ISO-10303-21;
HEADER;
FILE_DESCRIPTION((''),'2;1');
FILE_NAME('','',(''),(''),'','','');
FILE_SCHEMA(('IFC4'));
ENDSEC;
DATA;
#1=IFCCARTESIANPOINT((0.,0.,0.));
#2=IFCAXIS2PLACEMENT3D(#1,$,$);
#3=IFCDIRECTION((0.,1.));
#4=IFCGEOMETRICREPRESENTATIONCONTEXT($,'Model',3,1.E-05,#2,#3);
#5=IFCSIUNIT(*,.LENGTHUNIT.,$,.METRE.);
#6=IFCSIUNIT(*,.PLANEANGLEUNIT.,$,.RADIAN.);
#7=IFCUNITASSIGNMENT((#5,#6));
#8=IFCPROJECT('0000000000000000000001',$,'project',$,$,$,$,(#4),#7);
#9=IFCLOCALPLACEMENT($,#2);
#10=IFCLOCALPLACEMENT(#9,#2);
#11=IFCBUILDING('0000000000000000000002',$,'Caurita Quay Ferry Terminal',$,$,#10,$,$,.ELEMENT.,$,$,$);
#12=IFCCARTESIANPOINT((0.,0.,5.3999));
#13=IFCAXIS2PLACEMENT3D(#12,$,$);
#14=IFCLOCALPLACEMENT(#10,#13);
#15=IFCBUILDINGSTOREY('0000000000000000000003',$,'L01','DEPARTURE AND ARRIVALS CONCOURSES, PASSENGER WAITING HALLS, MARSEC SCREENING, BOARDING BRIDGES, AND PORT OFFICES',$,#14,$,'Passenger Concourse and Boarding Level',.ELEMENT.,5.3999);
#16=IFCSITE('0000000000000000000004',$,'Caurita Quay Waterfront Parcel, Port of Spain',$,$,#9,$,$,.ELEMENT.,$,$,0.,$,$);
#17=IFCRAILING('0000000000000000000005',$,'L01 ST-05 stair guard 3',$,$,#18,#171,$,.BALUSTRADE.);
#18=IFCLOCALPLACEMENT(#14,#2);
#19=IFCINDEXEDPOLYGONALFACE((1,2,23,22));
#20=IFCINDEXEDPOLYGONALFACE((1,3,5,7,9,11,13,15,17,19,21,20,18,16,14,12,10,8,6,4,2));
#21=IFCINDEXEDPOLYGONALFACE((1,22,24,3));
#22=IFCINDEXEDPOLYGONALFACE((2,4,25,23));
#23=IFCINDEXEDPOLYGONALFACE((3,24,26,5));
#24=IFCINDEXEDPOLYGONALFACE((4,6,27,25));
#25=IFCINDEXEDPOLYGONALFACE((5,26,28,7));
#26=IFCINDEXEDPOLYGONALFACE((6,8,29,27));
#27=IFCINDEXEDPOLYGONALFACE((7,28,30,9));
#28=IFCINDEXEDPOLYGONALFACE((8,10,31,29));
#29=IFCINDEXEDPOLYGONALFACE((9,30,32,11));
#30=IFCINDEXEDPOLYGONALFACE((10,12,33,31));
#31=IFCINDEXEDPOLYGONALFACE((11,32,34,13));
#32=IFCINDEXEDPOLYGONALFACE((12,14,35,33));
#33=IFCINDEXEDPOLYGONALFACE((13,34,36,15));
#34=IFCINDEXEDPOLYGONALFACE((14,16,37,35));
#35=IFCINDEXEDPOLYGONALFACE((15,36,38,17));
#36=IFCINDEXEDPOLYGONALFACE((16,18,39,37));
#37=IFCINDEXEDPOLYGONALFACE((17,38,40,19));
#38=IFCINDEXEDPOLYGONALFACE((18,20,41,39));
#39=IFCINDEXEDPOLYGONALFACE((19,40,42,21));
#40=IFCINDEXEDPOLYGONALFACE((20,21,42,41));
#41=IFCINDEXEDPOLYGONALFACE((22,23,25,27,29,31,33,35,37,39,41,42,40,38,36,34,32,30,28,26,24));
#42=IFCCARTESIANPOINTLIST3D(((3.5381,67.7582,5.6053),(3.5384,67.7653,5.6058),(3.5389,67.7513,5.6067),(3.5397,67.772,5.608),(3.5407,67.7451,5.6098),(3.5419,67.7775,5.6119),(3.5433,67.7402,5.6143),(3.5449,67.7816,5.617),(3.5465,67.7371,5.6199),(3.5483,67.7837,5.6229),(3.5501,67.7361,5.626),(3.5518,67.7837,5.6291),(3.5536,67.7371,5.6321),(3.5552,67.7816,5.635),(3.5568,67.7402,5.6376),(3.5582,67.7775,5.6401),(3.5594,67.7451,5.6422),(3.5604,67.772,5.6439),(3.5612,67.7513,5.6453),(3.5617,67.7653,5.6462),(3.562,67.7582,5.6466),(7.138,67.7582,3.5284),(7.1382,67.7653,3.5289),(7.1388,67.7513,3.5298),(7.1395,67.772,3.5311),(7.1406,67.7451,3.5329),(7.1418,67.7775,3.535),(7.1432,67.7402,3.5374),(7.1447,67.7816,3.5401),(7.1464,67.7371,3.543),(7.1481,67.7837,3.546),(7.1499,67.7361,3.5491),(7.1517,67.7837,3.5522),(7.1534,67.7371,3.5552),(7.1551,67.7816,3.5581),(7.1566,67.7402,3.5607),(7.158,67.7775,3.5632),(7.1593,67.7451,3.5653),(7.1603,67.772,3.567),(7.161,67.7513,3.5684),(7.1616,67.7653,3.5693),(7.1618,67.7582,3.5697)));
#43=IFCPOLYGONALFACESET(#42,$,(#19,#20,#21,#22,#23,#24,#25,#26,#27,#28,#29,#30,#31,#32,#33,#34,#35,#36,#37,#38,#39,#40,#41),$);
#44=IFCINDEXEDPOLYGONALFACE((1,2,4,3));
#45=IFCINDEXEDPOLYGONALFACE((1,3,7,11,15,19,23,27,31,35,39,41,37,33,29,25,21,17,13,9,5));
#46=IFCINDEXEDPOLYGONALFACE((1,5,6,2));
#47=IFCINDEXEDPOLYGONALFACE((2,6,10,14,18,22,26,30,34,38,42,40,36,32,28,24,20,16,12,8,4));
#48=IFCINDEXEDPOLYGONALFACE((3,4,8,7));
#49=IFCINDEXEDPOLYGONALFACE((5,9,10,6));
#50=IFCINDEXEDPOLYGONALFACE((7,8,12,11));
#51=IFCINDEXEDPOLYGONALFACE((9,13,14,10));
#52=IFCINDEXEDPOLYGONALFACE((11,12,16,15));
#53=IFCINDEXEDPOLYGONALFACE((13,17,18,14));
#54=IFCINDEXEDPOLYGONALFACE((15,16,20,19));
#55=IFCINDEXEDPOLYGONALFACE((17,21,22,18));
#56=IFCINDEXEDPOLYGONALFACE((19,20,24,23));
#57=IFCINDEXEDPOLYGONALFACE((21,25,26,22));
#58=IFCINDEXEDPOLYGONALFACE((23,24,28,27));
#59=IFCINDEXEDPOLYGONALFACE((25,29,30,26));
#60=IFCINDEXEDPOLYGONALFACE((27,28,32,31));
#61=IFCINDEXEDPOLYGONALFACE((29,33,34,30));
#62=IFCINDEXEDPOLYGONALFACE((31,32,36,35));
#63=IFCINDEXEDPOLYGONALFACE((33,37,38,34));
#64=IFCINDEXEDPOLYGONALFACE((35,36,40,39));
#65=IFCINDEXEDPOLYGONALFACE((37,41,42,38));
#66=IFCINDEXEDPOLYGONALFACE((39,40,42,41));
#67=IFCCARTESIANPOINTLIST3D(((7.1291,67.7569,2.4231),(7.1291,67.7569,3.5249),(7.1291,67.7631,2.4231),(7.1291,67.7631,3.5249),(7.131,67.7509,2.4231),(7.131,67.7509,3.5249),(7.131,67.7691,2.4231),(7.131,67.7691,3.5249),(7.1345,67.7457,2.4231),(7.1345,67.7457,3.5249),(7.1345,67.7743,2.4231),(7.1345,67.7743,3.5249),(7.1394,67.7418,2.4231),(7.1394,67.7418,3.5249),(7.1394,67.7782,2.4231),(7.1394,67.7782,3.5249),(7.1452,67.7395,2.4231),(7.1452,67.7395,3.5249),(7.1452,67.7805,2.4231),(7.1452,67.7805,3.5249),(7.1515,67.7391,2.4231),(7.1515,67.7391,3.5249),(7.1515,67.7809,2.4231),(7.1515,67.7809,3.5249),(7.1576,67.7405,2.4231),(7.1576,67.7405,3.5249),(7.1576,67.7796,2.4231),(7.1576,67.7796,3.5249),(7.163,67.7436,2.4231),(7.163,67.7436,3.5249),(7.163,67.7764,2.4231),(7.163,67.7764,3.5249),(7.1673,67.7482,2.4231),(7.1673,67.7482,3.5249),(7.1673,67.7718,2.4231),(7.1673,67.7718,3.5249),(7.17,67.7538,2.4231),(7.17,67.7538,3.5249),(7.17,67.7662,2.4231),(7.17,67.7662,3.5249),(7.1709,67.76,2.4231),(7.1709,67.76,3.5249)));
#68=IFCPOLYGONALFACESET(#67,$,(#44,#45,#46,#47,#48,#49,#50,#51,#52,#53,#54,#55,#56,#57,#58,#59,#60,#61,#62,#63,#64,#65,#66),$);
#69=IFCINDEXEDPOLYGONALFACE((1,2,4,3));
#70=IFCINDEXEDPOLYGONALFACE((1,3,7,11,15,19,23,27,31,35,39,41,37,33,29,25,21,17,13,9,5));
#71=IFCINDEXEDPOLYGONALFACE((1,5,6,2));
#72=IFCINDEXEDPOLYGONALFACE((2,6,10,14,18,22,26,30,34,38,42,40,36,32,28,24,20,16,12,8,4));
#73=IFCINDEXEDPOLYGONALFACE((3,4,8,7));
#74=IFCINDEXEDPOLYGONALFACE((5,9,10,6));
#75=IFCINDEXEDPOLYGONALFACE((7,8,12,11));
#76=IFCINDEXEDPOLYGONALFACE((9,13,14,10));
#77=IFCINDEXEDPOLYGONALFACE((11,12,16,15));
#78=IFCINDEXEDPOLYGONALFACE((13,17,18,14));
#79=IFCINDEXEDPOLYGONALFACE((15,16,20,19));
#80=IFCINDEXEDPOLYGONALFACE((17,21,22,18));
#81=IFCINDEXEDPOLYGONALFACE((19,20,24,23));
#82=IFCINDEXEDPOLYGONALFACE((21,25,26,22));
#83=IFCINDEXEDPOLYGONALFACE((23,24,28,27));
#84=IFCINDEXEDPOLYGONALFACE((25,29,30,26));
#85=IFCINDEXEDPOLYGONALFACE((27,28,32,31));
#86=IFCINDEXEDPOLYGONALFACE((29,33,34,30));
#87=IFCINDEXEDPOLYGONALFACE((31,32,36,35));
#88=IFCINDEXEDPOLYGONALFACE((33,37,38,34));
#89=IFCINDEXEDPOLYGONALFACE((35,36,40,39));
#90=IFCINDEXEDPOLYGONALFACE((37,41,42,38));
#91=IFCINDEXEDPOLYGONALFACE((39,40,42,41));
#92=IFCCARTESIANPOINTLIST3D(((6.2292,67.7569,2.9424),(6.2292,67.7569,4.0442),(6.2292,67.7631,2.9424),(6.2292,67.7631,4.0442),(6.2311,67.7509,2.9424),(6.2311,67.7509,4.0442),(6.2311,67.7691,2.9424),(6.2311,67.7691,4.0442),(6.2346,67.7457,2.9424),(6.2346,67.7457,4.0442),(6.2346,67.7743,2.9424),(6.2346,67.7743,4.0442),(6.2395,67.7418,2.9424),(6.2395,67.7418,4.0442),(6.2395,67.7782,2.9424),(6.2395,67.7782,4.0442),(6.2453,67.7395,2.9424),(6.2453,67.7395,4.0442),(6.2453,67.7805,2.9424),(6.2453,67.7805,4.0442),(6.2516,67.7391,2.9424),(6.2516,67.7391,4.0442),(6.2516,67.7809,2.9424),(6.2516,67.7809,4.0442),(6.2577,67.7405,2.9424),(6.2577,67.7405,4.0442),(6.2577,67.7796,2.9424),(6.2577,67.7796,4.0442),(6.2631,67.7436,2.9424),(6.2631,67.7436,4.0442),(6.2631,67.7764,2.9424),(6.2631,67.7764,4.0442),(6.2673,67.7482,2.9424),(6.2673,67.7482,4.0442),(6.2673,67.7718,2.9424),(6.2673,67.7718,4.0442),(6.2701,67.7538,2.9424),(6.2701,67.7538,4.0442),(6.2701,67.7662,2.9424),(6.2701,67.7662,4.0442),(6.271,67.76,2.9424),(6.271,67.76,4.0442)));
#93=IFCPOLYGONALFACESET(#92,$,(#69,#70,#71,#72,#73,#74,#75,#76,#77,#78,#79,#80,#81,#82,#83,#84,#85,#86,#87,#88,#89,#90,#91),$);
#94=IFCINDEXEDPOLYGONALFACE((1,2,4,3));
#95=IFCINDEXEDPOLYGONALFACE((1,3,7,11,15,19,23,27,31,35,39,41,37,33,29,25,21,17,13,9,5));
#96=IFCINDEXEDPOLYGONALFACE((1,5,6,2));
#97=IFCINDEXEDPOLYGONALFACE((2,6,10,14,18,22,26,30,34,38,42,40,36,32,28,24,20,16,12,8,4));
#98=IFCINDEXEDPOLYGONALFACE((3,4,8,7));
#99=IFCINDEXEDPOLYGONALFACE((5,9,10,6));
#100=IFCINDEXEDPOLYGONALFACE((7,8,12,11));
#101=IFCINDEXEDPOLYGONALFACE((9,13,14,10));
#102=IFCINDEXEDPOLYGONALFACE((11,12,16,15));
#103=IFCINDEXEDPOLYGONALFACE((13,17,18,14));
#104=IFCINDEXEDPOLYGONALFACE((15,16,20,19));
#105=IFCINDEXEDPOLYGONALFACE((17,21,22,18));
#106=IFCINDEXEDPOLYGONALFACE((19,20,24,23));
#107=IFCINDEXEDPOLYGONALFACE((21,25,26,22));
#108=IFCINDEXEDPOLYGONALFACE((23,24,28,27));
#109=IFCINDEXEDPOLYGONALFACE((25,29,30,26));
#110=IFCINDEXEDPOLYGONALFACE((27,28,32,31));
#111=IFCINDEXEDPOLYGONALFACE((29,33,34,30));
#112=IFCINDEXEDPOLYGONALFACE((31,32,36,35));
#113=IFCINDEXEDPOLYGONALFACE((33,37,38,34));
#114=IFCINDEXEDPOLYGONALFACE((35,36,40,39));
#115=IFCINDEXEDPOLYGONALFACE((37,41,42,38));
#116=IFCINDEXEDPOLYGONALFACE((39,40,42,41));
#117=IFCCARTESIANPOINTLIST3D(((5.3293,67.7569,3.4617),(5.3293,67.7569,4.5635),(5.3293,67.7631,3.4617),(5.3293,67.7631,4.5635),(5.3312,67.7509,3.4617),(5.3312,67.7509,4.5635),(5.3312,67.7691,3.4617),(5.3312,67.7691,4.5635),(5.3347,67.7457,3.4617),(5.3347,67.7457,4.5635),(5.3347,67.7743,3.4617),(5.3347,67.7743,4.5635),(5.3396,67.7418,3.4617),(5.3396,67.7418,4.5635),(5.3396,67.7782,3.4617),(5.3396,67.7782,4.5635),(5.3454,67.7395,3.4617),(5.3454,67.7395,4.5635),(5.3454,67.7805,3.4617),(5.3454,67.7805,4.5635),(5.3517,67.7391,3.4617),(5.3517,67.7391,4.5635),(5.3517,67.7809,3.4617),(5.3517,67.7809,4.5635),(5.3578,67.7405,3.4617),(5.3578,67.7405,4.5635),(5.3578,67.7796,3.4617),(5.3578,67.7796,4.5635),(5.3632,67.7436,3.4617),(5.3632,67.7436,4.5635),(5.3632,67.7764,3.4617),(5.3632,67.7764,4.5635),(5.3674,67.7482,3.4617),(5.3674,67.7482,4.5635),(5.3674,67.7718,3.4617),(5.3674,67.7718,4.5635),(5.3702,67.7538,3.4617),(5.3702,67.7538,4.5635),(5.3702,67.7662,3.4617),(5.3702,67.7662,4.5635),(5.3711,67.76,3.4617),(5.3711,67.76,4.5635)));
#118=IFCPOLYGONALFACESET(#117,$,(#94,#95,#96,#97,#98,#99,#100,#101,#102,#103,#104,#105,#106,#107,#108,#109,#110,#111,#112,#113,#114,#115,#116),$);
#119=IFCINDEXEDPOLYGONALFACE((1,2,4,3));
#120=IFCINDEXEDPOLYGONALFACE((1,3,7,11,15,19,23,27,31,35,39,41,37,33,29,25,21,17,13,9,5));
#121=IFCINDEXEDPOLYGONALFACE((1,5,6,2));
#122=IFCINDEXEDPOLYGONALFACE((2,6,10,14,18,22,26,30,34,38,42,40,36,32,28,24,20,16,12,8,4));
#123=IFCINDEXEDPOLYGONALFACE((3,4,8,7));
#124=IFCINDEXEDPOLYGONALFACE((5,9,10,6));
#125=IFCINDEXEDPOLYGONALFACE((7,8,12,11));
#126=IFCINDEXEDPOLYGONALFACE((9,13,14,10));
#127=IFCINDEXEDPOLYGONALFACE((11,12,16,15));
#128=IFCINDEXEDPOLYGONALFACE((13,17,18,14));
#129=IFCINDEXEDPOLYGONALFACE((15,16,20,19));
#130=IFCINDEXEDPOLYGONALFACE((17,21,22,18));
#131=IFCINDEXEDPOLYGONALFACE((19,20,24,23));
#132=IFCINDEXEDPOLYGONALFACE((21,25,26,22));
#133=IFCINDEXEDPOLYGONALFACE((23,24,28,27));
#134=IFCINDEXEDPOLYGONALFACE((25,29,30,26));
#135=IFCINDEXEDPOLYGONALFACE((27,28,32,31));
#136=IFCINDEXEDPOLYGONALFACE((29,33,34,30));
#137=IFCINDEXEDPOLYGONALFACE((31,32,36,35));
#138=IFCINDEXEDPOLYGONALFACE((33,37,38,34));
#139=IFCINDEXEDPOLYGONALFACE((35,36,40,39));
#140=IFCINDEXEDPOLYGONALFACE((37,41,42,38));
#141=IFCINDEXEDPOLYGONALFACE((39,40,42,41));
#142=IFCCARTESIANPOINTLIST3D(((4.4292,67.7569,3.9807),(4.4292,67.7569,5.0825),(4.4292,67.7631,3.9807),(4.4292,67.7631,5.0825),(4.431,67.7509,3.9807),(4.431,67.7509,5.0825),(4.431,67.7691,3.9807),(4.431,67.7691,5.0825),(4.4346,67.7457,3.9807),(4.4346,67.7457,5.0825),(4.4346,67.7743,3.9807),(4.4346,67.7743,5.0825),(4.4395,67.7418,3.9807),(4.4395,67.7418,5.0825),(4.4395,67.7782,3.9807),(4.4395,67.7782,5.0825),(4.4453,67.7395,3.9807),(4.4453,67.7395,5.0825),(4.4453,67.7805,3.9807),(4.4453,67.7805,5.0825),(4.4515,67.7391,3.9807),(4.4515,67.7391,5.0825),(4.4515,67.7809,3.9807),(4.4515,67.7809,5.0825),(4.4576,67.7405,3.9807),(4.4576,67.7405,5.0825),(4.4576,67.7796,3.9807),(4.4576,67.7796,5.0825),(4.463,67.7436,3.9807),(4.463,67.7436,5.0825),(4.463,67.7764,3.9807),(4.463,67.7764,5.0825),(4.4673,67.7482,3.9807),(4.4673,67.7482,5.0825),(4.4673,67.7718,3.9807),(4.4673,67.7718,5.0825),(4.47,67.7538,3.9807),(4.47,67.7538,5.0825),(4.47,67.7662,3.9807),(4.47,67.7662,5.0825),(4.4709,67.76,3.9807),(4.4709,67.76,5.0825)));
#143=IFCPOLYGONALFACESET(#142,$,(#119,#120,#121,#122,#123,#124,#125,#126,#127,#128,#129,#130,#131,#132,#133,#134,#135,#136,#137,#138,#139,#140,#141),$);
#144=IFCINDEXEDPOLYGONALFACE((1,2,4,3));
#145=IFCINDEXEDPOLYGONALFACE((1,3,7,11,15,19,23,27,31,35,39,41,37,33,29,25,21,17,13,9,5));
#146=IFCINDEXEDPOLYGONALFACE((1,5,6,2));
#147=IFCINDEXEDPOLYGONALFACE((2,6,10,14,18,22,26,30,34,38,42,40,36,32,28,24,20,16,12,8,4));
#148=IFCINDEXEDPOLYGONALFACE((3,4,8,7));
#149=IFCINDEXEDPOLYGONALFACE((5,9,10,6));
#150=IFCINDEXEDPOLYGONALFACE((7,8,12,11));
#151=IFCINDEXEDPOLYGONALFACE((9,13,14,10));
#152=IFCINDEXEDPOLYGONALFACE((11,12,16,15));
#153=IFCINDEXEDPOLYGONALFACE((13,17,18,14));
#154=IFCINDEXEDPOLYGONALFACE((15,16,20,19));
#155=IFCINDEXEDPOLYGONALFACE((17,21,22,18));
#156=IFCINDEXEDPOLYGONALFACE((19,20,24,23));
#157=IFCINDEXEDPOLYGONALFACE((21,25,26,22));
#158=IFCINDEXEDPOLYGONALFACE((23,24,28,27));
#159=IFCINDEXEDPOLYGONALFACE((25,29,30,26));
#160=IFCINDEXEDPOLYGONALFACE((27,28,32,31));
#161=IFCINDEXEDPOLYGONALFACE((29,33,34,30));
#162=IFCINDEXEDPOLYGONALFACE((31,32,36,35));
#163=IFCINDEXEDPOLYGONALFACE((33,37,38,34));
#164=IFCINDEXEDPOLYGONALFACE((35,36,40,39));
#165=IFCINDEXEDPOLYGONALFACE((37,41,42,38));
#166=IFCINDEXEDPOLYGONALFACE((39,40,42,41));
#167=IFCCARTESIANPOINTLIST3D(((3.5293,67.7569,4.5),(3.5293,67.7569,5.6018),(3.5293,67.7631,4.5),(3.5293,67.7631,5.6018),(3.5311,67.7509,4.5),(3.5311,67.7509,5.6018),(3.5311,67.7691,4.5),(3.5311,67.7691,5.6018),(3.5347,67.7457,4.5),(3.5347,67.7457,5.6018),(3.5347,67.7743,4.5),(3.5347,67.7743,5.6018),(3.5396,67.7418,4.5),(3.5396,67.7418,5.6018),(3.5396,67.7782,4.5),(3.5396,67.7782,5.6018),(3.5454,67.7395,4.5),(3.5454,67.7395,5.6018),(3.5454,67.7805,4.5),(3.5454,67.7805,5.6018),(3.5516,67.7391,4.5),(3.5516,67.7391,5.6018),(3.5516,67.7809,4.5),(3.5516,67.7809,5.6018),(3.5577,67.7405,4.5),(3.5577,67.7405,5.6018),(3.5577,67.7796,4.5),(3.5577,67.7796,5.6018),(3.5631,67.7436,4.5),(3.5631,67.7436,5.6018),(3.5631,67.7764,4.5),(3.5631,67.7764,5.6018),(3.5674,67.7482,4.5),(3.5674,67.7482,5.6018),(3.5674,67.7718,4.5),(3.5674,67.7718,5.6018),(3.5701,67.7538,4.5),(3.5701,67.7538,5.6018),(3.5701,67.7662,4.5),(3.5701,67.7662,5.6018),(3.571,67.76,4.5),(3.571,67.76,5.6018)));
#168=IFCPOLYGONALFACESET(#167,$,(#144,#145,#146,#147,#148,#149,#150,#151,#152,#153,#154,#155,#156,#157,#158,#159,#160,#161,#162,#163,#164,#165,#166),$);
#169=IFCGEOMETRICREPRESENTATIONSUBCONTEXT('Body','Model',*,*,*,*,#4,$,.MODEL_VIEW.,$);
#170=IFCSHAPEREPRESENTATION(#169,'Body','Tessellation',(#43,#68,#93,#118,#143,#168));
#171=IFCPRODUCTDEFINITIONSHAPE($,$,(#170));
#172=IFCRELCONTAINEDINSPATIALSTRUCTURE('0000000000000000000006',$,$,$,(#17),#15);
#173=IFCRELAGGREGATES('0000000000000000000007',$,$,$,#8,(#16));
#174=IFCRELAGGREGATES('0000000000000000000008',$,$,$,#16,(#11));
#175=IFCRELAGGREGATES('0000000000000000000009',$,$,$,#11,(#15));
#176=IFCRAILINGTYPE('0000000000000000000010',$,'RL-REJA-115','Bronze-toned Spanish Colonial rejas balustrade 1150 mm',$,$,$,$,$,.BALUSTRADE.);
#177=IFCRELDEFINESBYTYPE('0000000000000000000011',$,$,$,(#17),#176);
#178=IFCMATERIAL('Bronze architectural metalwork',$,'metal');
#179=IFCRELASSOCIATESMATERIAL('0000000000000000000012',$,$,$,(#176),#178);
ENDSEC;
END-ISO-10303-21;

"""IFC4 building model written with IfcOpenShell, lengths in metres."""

from ifc_helpers import new_model, si_unit, direction, frame, origin, origin_2d, place, context, subcontext, project, spatial, circle, extrude, material, type_object, element, save


model = new_model("IFC4")

# Units and contexts
model_context = context("Model", 3, precision=1e-05, world=origin(), true_north=direction((0.0, 1.0)))
body_context = subcontext(model_context, "Body", "Model", "MODEL_VIEW")
ifc_project = project(units=[si_unit("LENGTHUNIT", "METRE"), si_unit("PLANEANGLEUNIT", "RADIAN")], contexts=[model_context])

# Site, building, storey
site_placement = place(None, origin())
site = spatial("IfcSite", under=ifc_project, at=site_placement, Name="Caurita Quay Waterfront Parcel, Port of Spain", CompositionType="ELEMENT", RefElevation=0.0)
building_placement = place(site_placement, origin())
building = spatial("IfcBuilding", under=site, at=building_placement, Name="Caurita Quay Ferry Terminal", CompositionType="ELEMENT")
storey_placement = place(building_placement, frame((0.0, 0.0, 5.3999)))
storey = spatial("IfcBuildingStorey", under=building, at=storey_placement, Name="L01", Description="DEPARTURE AND ARRIVALS CONCOURSES, PASSENGER WAITING HALLS, MARSEC SCREENING, BOARDING BRIDGES, AND PORT OFFICES", LongName="Passenger Concourse and Boarding Level", CompositionType="ELEMENT", Elevation=5.3999)

# Railing
ifc_material_1 = material(Name="Bronze architectural metalwork", Category="metal")
railing_type_1 = type_object("IfcRailingType", Name="RL-REJA-115", Description="Bronze-toned Spanish Colonial rejas balustrade 1150 mm", PredefinedType="BALUSTRADE", material=ifc_material_1)
railing_1_placement = place(storey_placement, frame((7.1499, 67.76, 2.4231)))
element("IfcRailing", 1, at=railing_1_placement, inside=storey, type_object=railing_type_1, Name="L01 ST-05 stair guard 3", PredefinedType="BALUSTRADE", context=body_context, shape_type="SweptSolid", body=[
    extrude(circle(Radius=0.0239, at=origin_2d()), frame((0.0, 0.0, 1.126), z_axis=(-0.866179, 0.0, 0.499734), x_axis=(0.0, -1.0, 0.0)), (0.0, 0.0, 1.0), 4.156),
    extrude(circle(Radius=0.021, at=origin_2d()), origin(), (0.0, 0.0, 1.0), 1.1018),
    extrude(circle(Radius=0.021, at=origin_2d()), frame((-0.8999, 0.0, 0.5193)), (0.0, 0.0, 1.0), 1.1018),
    extrude(circle(Radius=0.021, at=origin_2d()), frame((-1.7998, 0.0, 1.0386)), (0.0, 0.0, 1.0), 1.1018),
    extrude(circle(Radius=0.021, at=origin_2d()), frame((-2.7, 0.0, 1.5576)), (0.0, 0.0, 1.0), 1.1018),
    extrude(circle(Radius=0.021, at=origin_2d()), frame((-3.5999, 0.0, 2.0769)), (0.0, 0.0, 1.0), 1.1018),
])

save(model, "model.ifc")
